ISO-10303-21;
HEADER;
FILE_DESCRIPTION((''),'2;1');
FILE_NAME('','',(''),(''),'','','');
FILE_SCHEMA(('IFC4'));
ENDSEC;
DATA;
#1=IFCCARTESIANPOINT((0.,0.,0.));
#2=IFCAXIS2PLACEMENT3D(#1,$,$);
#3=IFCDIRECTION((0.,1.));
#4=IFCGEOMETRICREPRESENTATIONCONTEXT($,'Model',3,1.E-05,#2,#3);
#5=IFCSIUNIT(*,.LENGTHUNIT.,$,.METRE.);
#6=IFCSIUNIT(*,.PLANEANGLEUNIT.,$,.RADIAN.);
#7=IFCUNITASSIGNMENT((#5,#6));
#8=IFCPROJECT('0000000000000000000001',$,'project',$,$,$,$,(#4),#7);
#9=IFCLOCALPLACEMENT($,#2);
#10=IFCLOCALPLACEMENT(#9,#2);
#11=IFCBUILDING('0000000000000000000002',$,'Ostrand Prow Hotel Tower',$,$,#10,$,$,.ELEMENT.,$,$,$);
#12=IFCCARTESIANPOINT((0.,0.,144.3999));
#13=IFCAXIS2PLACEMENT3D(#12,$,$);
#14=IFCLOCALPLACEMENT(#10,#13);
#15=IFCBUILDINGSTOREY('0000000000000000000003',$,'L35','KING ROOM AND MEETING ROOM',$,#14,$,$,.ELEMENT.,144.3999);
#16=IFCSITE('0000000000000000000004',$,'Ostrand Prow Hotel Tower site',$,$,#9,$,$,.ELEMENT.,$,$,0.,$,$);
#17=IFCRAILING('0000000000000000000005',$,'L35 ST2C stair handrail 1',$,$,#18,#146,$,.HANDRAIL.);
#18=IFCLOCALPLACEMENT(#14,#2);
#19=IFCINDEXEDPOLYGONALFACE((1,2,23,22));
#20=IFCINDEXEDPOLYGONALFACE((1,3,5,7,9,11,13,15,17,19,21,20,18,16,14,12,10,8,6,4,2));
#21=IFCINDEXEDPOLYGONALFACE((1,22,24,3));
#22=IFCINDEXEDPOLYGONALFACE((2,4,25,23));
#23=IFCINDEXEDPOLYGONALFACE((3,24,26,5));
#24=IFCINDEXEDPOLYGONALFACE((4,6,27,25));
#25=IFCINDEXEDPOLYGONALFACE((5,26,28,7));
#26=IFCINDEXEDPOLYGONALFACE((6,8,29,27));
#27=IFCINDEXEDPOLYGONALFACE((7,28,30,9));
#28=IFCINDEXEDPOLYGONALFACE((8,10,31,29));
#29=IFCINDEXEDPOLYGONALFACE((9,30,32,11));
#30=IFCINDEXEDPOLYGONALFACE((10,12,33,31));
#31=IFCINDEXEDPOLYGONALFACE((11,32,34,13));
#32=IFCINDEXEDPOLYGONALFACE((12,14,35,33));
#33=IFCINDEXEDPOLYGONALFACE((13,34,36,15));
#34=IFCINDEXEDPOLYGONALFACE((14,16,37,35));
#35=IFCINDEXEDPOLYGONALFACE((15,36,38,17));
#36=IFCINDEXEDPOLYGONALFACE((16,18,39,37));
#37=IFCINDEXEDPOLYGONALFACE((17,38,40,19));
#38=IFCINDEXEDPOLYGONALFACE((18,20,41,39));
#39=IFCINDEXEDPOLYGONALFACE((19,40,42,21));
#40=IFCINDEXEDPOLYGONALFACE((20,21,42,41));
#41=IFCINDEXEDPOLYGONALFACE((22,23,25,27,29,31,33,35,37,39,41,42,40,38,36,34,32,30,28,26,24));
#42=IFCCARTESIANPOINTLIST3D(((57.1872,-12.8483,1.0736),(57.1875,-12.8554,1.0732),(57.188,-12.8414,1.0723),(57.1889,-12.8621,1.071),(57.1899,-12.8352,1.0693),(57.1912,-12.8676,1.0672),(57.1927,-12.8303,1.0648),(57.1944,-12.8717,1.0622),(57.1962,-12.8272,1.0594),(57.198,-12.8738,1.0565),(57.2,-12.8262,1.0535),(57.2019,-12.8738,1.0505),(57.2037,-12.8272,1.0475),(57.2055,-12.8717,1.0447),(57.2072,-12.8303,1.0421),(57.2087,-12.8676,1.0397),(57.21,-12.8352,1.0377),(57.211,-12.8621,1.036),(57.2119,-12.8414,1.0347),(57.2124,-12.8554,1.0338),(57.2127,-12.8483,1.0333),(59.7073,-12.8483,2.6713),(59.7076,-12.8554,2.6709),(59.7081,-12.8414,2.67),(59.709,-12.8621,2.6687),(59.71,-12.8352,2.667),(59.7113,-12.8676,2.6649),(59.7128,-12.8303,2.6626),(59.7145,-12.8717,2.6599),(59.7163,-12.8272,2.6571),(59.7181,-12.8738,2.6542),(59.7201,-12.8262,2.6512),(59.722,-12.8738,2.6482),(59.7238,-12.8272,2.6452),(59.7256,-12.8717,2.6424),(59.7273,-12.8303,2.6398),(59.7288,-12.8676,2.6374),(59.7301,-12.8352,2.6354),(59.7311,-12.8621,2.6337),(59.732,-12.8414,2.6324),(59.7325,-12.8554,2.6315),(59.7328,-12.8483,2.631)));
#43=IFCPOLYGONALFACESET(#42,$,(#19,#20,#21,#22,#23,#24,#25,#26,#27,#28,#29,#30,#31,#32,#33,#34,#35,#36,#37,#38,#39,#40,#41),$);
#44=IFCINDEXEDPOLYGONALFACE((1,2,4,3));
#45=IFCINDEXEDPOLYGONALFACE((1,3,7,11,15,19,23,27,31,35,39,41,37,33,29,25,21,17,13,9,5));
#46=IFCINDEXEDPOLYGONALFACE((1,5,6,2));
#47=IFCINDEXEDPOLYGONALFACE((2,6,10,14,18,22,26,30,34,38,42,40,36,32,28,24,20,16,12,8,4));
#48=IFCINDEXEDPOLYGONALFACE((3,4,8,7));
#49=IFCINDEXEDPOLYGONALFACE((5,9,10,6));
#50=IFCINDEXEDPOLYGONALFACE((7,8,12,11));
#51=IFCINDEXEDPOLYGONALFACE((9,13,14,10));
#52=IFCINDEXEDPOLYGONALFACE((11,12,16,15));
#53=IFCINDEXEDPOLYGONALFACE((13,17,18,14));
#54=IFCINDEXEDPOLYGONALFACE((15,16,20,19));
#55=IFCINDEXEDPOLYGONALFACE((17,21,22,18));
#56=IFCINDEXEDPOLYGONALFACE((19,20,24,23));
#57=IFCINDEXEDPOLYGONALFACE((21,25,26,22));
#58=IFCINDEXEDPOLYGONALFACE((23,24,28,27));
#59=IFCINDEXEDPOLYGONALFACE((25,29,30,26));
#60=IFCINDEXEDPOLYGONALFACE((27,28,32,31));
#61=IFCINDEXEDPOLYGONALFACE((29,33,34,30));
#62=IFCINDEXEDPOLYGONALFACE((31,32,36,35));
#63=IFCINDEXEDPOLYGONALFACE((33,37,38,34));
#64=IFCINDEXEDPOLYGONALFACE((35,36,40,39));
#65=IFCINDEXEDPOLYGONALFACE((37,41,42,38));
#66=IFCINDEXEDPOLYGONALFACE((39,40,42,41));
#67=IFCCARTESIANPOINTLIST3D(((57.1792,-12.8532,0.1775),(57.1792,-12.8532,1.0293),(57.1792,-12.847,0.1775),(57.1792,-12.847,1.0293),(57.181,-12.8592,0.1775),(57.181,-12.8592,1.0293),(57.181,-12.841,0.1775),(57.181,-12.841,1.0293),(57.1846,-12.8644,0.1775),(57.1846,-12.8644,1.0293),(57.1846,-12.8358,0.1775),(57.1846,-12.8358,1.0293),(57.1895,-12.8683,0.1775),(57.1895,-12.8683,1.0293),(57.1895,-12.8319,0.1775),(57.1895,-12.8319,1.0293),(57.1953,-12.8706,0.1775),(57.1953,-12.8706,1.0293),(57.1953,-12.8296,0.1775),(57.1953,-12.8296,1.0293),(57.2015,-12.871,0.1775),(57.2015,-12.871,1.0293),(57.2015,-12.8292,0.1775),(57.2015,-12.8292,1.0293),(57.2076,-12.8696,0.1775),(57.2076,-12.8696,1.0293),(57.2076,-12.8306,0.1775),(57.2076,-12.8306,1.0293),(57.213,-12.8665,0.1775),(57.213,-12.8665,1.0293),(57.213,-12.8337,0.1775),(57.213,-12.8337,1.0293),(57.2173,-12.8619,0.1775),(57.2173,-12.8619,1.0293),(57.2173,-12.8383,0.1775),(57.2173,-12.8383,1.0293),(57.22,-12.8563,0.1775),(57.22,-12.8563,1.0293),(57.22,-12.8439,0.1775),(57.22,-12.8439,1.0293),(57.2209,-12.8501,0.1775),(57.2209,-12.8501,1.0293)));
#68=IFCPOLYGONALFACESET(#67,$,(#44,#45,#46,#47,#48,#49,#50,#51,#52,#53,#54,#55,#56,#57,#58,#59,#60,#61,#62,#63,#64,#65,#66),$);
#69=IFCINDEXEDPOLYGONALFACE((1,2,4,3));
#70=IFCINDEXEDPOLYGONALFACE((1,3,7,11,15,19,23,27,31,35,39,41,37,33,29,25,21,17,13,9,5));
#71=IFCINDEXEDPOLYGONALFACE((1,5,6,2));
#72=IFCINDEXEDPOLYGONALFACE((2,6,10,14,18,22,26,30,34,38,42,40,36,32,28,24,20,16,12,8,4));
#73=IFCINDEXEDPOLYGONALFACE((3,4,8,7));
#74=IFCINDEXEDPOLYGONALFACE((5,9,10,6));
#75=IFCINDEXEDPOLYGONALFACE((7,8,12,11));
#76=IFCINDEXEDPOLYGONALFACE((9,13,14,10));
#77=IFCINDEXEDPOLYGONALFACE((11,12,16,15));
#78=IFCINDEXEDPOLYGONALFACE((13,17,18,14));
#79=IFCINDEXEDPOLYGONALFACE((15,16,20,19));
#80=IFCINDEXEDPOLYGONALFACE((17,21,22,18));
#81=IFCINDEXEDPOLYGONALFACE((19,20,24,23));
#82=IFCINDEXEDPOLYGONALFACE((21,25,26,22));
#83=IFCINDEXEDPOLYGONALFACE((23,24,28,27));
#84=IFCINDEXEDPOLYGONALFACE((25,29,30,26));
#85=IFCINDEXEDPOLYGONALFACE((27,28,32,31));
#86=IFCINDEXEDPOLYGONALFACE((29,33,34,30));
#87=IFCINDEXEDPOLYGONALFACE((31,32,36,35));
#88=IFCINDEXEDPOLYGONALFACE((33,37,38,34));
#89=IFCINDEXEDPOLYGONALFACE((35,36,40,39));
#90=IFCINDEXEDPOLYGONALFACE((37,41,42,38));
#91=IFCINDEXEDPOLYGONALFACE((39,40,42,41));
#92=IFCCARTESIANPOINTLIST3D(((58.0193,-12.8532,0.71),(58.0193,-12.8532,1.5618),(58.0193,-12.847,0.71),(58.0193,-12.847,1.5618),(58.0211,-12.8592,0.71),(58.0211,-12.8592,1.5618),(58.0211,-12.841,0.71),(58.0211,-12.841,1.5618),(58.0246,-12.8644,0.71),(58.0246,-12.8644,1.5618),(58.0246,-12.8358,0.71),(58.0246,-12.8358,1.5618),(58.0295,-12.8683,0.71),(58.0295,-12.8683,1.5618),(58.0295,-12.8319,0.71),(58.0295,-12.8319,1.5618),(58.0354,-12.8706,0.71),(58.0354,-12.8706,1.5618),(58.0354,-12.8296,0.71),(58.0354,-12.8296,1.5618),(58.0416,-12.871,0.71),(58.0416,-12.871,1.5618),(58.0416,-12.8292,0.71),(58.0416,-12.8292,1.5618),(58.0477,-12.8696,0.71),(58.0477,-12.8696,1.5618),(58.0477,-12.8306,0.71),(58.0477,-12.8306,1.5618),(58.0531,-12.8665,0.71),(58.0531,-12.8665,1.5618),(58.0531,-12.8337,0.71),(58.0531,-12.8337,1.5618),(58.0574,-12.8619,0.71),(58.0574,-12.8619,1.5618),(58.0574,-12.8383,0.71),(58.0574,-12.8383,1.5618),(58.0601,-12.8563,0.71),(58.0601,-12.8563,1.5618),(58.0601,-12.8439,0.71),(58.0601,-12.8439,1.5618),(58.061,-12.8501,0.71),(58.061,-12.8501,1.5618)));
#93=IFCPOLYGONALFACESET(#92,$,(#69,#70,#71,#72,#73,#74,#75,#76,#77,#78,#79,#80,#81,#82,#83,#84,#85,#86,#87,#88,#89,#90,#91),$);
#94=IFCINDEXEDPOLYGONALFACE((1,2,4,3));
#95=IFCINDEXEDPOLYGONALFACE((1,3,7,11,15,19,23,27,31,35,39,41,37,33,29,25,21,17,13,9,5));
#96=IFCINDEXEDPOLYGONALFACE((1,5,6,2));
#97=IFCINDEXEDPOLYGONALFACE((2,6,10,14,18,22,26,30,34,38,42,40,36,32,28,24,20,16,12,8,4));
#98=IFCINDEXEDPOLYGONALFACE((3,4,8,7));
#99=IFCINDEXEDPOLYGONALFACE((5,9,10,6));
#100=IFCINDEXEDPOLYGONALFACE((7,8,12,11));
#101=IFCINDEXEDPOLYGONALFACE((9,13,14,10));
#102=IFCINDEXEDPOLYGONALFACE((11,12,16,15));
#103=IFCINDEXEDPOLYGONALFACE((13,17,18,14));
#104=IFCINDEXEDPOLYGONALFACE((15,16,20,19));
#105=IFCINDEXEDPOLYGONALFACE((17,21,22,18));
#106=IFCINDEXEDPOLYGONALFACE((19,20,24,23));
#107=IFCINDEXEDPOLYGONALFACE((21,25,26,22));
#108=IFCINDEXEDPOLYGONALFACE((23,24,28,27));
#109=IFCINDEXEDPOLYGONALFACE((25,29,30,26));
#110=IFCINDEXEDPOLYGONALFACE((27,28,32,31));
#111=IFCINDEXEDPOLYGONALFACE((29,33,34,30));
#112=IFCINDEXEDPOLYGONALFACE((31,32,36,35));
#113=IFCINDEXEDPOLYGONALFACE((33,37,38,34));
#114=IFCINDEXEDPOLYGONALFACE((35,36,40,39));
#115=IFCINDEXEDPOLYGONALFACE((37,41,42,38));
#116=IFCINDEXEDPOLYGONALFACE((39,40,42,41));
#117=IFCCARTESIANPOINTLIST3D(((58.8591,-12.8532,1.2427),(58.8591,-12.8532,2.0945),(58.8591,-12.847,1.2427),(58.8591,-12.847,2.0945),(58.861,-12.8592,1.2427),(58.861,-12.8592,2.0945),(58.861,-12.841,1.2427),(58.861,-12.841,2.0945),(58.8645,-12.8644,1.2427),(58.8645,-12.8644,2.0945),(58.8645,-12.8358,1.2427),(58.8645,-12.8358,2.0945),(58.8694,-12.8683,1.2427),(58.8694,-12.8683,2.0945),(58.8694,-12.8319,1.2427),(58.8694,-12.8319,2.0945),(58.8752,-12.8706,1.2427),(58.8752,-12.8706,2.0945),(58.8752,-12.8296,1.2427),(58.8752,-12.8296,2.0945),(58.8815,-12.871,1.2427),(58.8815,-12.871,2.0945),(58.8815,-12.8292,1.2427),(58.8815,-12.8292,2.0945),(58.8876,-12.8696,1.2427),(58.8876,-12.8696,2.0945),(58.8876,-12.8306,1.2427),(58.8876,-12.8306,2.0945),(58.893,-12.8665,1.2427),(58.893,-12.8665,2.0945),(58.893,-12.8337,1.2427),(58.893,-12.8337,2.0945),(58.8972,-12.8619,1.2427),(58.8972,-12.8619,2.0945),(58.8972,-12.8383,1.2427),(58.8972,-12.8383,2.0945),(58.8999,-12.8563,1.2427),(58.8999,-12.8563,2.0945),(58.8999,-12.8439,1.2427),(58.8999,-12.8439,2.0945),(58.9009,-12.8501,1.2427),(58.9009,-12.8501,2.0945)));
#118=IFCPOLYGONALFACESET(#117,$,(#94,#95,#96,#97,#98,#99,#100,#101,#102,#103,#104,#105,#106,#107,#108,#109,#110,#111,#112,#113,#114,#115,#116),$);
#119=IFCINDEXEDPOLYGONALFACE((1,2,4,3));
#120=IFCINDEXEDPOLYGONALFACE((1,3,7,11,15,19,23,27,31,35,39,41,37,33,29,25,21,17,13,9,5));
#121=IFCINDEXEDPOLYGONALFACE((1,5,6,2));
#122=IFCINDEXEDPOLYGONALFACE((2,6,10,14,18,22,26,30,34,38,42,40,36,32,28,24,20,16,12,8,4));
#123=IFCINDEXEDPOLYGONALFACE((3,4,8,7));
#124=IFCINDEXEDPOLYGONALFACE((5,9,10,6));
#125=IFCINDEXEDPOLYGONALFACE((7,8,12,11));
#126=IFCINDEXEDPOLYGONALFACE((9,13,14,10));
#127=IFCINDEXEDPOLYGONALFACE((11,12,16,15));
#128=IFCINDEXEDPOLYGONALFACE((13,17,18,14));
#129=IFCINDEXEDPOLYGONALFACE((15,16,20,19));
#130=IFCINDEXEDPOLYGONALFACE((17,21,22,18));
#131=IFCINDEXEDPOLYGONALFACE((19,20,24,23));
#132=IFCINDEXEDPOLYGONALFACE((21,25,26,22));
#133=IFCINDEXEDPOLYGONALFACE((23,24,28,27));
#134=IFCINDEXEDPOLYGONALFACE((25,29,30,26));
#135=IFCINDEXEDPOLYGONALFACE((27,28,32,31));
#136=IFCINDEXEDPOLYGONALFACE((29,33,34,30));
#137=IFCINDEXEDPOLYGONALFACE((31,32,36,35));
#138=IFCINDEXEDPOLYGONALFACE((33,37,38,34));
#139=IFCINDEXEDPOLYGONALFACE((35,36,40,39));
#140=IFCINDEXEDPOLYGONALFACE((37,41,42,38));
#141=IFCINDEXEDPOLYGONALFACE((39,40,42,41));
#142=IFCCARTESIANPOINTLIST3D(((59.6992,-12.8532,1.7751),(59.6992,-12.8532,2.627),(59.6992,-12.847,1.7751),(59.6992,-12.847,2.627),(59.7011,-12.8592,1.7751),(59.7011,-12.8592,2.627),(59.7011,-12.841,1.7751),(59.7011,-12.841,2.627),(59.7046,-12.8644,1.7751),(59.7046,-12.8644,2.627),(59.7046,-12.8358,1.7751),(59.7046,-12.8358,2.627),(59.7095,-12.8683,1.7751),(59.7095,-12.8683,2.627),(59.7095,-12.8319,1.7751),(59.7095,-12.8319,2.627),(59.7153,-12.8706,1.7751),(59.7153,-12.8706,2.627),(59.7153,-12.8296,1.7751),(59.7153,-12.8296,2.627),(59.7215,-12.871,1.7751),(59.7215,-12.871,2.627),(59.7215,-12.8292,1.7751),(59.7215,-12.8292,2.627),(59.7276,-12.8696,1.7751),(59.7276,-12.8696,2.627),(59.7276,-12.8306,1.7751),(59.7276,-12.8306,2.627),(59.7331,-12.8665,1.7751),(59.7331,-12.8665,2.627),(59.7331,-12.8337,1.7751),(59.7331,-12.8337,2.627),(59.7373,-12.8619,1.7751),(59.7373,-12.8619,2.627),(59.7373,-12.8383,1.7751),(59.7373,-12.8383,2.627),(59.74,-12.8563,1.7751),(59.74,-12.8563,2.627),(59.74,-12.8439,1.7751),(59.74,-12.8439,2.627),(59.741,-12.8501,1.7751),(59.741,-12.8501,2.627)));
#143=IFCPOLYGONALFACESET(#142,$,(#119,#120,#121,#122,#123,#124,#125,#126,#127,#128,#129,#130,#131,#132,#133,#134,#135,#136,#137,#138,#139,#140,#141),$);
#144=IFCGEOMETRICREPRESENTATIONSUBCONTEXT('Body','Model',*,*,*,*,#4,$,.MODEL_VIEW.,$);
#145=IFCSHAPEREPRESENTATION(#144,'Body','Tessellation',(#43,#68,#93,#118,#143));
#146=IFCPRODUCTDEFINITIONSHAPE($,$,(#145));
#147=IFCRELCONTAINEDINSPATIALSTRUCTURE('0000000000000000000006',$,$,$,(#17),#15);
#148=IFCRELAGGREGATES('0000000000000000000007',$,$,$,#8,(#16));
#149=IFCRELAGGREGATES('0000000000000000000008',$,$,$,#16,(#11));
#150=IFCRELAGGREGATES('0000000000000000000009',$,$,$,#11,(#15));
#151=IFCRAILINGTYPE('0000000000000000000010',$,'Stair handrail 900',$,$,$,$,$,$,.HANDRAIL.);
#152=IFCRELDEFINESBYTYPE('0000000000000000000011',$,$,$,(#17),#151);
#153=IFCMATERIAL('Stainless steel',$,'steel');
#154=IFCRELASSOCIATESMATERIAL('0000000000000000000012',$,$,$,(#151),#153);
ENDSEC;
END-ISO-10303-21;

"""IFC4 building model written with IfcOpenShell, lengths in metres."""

from ifc_helpers import new_model, si_unit, direction, frame, origin, origin_2d, place, context, subcontext, project, spatial, circle, extrude, material, type_object, element, save


model = new_model("IFC4")

# Units and contexts
model_context = context("Model", 3, precision=1e-05, world=origin(), true_north=direction((0.0, 1.0)))
body_context = subcontext(model_context, "Body", "Model", "MODEL_VIEW")
ifc_project = project(units=[si_unit("LENGTHUNIT", "METRE"), si_unit("PLANEANGLEUNIT", "RADIAN")], contexts=[model_context])

# Site, building, storey
site_placement = place(None, origin())
site = spatial("IfcSite", under=ifc_project, at=site_placement, Name="Ostrand Prow Hotel Tower site", CompositionType="ELEMENT", RefElevation=0.0)
building_placement = place(site_placement, origin())
building = spatial("IfcBuilding", under=site, at=building_placement, Name="Ostrand Prow Hotel Tower", CompositionType="ELEMENT")
storey_placement = place(building_placement, frame((0.0, 0.0, 144.3999)))
storey = spatial("IfcBuildingStorey", under=building, at=storey_placement, Name="L35", Description="KING ROOM AND MEETING ROOM", CompositionType="ELEMENT", Elevation=144.3999)

# Railing
ifc_material_1 = material(Name="Stainless steel", Category="steel")
railing_type = type_object("IfcRailingType", Name="Stair handrail 900", PredefinedType="HANDRAIL", material=ifc_material_1)
railing_placement = place(storey_placement, frame((57.2, -12.8501, 0.1775)))
element("IfcRailing", 1, at=railing_placement, inside=storey, type_object=railing_type, Name="L35 ST2C stair handrail 1", PredefinedType="HANDRAIL", context=body_context, shape_type="SweptSolid", body=[
    extrude(circle(Radius=0.0239, at=origin_2d()), frame((0.0, 0.0, 0.876), z_axis=(0.84457, 0.0, 0.535445), x_axis=(0.0, 1.0, 0.0)), (0.0, 0.0, 1.0), 2.9839),
    extrude(circle(Radius=0.021, at=origin_2d()), origin(), (0.0, 0.0, 1.0), 0.8518),
    extrude(circle(Radius=0.021, at=origin_2d()), frame((0.8401, 0.0, 0.5325)), (0.0, 0.0, 1.0), 0.8518),
    extrude(circle(Radius=0.021, at=origin_2d()), frame((1.6799, 0.0, 1.0652)), (0.0, 0.0, 1.0), 0.8518),
    extrude(circle(Radius=0.021, at=origin_2d()), frame((2.52, 0.0, 1.5977)), (0.0, 0.0, 1.0), 0.8518),
])

save(model, "model.ifc")
